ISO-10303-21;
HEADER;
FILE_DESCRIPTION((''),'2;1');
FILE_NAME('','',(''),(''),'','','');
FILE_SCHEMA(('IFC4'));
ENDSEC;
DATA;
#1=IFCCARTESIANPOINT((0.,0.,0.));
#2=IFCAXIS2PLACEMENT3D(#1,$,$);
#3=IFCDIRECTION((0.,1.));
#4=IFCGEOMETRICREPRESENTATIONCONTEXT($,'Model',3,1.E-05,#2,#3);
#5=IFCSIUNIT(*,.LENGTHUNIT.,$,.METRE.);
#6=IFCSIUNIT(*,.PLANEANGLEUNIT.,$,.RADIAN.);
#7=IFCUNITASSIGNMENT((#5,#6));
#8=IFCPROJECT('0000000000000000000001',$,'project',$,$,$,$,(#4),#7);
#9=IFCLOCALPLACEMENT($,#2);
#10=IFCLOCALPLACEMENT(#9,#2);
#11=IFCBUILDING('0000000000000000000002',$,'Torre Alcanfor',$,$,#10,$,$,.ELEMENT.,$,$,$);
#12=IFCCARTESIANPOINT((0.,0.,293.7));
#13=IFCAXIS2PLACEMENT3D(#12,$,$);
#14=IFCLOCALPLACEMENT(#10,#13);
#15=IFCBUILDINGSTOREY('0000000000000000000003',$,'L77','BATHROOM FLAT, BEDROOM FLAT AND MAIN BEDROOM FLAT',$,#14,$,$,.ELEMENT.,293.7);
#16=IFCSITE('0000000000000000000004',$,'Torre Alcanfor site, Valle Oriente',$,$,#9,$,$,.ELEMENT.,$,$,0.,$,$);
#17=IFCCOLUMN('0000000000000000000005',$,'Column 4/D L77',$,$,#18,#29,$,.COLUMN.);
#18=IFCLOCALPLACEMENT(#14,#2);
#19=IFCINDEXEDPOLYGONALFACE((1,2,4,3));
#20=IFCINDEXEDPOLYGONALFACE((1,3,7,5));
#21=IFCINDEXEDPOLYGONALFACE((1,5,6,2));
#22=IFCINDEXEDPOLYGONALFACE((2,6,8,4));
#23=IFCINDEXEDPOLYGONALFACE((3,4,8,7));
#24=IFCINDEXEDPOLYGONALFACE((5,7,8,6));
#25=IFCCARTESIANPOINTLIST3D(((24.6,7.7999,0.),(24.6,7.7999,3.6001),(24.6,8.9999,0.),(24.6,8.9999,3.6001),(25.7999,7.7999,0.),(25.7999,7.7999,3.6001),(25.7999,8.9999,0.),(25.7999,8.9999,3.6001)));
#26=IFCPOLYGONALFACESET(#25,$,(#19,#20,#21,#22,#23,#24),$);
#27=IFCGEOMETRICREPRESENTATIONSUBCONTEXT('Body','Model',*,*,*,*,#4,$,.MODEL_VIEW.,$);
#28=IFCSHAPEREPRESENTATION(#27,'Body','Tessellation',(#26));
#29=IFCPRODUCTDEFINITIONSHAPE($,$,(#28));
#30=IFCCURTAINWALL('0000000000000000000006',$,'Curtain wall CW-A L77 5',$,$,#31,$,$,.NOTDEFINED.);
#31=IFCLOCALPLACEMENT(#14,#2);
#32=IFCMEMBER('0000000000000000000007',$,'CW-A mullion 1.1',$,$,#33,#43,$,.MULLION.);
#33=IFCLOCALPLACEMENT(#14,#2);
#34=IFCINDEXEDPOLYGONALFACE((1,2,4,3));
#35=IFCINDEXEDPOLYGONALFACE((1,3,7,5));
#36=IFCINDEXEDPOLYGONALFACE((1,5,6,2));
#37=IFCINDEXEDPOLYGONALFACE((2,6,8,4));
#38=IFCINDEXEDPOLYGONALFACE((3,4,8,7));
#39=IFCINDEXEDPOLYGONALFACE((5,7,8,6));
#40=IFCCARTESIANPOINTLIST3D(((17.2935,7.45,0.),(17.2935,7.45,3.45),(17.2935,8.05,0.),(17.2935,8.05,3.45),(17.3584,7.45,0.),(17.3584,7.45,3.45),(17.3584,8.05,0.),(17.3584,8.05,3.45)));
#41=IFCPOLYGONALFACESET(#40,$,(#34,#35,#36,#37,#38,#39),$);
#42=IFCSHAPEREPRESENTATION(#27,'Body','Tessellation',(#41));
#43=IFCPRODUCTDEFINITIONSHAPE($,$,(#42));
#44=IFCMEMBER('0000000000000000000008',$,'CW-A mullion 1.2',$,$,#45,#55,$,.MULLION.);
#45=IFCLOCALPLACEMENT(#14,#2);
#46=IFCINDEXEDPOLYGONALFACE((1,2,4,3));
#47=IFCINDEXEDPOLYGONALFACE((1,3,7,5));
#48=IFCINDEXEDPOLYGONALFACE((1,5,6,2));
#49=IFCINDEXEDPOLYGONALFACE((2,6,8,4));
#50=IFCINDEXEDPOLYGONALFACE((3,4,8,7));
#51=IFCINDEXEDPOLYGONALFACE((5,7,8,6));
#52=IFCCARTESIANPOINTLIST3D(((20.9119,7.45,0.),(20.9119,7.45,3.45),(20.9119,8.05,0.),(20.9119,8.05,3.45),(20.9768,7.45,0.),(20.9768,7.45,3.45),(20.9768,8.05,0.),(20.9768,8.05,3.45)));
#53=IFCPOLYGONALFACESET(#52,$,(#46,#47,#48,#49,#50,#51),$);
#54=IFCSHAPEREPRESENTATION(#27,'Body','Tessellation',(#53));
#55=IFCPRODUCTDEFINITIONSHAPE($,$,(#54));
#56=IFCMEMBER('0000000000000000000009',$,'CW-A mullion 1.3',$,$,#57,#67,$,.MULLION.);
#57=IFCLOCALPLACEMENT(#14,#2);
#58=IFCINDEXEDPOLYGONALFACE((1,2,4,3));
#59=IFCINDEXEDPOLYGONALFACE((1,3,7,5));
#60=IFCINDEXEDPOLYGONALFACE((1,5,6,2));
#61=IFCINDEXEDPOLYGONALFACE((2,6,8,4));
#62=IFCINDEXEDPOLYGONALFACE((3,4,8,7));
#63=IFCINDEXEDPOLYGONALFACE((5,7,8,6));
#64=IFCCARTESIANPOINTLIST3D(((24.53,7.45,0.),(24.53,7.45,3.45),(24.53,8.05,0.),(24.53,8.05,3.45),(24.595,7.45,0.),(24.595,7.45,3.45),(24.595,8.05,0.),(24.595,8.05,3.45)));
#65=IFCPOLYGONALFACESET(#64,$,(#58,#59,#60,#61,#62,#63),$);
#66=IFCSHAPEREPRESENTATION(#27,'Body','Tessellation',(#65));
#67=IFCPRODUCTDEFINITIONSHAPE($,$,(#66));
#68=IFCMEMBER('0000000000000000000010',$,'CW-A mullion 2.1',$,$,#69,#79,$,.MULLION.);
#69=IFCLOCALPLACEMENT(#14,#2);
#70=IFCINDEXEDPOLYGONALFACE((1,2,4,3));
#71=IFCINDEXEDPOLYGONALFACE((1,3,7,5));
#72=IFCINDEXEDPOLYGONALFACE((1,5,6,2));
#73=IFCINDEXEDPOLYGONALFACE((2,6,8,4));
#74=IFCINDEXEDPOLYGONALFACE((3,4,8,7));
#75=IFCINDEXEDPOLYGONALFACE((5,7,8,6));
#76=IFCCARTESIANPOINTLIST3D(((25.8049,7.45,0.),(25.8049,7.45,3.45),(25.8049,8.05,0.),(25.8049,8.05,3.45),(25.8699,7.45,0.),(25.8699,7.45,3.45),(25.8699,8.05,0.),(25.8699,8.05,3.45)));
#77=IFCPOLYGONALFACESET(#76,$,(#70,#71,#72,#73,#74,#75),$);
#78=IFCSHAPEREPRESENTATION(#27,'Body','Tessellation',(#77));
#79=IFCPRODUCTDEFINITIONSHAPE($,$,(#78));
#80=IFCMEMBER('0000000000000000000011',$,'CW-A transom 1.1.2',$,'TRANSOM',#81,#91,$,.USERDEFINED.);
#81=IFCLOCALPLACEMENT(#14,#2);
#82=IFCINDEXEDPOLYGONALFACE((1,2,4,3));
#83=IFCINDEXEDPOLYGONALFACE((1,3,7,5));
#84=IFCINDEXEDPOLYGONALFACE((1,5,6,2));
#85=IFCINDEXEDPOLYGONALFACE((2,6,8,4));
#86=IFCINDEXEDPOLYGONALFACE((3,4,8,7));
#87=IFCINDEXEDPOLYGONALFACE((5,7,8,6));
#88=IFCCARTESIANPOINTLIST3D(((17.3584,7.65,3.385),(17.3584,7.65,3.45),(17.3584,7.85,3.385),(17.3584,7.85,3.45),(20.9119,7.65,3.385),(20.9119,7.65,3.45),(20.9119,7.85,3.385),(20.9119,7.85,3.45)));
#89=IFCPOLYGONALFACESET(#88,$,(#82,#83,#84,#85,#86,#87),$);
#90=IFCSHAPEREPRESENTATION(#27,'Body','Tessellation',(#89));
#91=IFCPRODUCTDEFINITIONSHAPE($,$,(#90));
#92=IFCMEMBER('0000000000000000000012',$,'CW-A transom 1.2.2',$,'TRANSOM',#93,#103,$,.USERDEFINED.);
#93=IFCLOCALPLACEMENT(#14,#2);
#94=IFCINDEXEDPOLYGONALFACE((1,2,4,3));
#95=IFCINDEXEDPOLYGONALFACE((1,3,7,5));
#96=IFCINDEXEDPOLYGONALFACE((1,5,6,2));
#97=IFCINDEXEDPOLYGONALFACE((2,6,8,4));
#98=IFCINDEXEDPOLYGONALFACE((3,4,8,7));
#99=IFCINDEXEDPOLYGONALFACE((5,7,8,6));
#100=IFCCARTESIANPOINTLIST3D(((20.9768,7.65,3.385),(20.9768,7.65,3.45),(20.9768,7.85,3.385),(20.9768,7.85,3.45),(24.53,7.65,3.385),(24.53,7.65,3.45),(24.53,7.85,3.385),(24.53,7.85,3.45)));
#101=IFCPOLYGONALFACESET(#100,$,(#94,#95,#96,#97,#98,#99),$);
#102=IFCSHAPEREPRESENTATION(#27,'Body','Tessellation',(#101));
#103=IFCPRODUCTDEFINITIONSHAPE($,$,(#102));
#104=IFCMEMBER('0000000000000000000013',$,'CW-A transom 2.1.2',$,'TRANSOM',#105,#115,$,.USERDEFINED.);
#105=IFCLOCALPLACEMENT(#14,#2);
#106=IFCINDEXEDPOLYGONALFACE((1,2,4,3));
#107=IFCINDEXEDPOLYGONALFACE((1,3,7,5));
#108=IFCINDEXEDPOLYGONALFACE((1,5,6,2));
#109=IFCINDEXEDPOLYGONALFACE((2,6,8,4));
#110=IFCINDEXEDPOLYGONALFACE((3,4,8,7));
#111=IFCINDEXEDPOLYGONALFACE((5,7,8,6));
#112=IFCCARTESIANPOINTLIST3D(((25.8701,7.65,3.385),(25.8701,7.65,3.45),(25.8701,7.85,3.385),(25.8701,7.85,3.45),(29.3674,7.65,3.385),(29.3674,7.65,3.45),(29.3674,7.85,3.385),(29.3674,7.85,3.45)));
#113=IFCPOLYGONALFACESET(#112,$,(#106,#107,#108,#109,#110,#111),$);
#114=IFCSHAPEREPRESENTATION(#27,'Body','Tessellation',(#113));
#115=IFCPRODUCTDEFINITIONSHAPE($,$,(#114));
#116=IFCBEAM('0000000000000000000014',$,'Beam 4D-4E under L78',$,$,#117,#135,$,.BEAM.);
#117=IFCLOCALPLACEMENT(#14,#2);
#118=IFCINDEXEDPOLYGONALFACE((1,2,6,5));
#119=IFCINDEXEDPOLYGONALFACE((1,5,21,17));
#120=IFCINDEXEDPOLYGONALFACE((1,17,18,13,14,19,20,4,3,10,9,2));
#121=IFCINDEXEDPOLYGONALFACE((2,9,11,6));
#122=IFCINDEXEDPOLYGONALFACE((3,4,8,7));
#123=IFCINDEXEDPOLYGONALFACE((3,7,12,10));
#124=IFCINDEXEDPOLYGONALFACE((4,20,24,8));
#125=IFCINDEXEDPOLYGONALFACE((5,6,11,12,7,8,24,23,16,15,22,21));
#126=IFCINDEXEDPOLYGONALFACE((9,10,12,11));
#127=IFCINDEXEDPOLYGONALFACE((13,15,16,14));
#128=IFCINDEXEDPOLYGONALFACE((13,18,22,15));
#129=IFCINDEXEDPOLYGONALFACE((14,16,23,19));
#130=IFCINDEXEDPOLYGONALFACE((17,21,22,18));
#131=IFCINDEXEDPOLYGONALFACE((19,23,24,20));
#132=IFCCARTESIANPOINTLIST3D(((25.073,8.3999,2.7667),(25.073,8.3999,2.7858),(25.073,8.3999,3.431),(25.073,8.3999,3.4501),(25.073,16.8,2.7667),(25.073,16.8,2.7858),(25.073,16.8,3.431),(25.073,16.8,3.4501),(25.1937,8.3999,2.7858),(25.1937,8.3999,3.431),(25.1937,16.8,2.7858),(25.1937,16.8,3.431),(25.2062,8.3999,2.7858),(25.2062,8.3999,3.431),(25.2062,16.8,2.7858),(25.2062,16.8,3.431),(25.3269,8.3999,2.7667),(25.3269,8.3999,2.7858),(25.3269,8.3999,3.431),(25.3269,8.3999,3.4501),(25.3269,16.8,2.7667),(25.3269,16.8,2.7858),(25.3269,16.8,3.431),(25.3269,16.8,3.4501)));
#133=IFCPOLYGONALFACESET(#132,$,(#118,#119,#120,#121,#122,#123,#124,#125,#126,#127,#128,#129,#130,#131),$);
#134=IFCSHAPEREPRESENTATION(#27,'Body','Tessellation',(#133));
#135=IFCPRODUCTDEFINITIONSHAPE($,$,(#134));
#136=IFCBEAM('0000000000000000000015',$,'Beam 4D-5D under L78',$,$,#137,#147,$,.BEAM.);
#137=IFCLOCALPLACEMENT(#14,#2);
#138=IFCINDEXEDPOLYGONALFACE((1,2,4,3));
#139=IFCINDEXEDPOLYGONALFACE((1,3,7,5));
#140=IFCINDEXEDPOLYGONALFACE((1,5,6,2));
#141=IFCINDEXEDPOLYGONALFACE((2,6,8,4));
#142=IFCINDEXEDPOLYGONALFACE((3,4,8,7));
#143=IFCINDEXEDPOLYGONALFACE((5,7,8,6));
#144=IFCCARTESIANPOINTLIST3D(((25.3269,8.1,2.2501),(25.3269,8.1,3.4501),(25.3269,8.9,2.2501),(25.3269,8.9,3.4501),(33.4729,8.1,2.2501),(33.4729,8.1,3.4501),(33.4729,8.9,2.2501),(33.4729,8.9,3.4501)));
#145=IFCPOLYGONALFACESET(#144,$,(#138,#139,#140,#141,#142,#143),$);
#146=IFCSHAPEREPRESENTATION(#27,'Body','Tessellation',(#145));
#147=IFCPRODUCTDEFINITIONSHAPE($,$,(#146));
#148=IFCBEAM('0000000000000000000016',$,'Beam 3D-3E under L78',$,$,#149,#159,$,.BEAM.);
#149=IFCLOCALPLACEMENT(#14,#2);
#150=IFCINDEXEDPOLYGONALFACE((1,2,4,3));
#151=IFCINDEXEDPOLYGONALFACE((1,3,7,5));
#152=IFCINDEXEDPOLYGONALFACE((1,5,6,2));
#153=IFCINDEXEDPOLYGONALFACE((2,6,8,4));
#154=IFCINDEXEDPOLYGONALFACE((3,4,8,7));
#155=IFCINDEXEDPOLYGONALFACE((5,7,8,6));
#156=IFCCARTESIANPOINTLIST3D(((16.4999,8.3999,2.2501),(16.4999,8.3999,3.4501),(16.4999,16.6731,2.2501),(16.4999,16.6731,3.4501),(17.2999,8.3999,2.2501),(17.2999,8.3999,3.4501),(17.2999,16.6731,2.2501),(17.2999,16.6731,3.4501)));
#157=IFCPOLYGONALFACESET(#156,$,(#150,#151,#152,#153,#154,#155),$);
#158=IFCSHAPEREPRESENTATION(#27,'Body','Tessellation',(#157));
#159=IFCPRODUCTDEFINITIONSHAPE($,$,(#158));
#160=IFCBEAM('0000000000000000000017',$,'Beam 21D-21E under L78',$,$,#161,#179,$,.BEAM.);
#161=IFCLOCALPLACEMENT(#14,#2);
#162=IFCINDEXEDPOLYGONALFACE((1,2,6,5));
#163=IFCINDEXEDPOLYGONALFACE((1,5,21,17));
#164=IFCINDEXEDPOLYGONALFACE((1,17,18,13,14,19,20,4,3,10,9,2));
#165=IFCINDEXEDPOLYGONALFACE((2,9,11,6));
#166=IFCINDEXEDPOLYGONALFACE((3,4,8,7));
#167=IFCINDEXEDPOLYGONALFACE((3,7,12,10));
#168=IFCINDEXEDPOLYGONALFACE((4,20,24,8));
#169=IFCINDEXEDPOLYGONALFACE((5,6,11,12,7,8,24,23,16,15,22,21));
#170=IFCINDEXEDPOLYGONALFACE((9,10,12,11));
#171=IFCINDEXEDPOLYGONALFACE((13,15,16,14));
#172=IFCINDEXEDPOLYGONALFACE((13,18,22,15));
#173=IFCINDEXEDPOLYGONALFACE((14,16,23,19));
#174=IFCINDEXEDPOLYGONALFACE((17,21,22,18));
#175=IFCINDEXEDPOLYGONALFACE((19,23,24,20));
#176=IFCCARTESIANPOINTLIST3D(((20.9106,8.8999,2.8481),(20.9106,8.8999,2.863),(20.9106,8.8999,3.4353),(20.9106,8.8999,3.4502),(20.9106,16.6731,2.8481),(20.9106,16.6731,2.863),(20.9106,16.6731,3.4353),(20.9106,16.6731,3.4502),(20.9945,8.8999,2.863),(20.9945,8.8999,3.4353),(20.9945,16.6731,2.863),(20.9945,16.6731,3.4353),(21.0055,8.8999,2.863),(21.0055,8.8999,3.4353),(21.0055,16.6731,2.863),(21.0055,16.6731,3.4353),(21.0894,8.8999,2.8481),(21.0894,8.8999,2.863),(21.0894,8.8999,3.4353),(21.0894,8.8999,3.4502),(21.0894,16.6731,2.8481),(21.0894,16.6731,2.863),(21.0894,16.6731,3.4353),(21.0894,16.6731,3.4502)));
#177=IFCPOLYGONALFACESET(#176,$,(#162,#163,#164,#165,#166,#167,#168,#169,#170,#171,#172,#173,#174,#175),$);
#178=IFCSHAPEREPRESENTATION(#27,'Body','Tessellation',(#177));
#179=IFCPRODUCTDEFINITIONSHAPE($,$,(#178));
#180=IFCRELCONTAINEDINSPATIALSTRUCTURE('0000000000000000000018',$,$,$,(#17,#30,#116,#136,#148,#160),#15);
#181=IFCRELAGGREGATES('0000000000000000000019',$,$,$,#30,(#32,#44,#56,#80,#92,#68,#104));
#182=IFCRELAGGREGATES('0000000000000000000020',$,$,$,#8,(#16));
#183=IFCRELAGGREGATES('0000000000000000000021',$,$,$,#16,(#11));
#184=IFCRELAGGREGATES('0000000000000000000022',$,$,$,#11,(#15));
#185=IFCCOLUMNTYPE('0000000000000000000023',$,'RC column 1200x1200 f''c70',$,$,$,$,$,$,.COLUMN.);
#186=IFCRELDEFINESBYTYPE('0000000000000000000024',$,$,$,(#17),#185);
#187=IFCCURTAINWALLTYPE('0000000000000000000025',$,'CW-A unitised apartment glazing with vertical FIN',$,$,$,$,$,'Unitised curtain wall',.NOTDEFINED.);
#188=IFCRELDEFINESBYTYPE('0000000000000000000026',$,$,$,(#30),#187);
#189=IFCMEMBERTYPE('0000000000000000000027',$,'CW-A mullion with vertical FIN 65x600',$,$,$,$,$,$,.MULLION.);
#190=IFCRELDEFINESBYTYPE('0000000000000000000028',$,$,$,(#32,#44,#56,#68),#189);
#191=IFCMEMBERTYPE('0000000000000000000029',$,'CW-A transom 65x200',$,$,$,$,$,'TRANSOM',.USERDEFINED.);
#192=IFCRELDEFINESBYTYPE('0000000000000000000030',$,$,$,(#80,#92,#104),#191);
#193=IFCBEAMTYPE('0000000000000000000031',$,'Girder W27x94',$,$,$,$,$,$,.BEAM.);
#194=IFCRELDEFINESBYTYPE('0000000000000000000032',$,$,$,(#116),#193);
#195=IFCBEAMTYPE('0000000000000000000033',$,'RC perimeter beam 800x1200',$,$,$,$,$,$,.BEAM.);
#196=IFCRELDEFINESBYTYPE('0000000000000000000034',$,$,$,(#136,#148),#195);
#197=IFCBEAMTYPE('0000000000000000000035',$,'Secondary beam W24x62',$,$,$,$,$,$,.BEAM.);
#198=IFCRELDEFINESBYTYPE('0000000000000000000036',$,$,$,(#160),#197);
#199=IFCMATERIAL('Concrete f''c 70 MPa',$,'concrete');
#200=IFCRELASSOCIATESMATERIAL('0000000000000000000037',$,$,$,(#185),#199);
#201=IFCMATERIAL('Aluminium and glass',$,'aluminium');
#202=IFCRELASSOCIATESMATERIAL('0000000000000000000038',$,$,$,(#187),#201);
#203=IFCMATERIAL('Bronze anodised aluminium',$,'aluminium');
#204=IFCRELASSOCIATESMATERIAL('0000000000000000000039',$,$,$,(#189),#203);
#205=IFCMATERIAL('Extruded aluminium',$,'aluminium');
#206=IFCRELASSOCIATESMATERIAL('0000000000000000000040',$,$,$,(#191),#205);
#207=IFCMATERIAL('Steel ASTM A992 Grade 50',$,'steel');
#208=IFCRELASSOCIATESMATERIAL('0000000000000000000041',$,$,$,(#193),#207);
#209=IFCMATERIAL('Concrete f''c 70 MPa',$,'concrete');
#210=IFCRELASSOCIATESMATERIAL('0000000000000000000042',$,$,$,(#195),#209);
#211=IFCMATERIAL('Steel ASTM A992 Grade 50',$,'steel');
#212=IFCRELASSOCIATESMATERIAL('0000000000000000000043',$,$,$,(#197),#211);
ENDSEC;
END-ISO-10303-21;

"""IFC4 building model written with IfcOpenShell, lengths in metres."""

from ifc_helpers import new_model, si_unit, direction, frame, origin, origin_2d, place, context, subcontext, project, spatial, rectangle, i_section, extrude, material, material_profile, profile_set, type_object, element, aggregate, save


model = new_model("IFC4")

# Units and contexts
model_context = context("Model", 3, precision=1e-05, world=origin(), true_north=direction((0.0, 1.0)))
body_context = subcontext(model_context, "Body", "Model", "MODEL_VIEW")
ifc_project = project(units=[si_unit("LENGTHUNIT", "METRE"), si_unit("PLANEANGLEUNIT", "RADIAN")], contexts=[model_context])

# Site, building, storey
site_placement = place(None, origin())
site = spatial("IfcSite", under=ifc_project, at=site_placement, Name="Torre Alcanfor site, Valle Oriente", CompositionType="ELEMENT", RefElevation=0.0)
building_placement = place(site_placement, origin())
building = spatial("IfcBuilding", under=site, at=building_placement, Name="Torre Alcanfor", CompositionType="ELEMENT")
storey_placement = place(building_placement, frame((0.0, 0.0, 293.7)))
storey = spatial("IfcBuildingStorey", under=building, at=storey_placement, Name="L77", Description="BATHROOM FLAT, BEDROOM FLAT AND MAIN BEDROOM FLAT", CompositionType="ELEMENT", Elevation=293.7)

# Column
ifc_material_1 = material(Name="Concrete f'c 70 MPa", Category="concrete")
ifc_material_profile_1 = material_profile(ifc_material_1, rectangle(XDim=1.2, YDim=1.2, at=origin_2d()), Name="1200x1200")
ifc_profile_set_1 = profile_set([ifc_material_profile_1], Name="Concrete f'c 70 MPa")
column_type = type_object("IfcColumnType", Name="RC column 1200x1200 f'c70", PredefinedType="COLUMN", material=ifc_profile_set_1)
column_placement = place(storey_placement, frame((25.2, 8.3999, 0.0), z_axis=(0.0, 0.0, 1.0), x_axis=(1.0, 0.0, 0.0)))
element("IfcColumn", 1, at=column_placement, inside=storey, type_object=column_type, Name="Column 4/D L77", PredefinedType="COLUMN", context=body_context, shape_type="SweptSolid", body=[
    extrude(rectangle(XDim=1.2, YDim=1.2, at=origin_2d()), origin(), (0.0, 0.0, 1.0), 3.6001),
])

# Curtain wall, members
ifc_material_2 = material(Name="Aluminium and glass", Category="aluminium")
curtain_wall_type = type_object("IfcCurtainWallType", Name="CW-A unitised apartment glazing with vertical FIN", ElementType="Unitised curtain wall", PredefinedType="NOTDEFINED", material=ifc_material_2)
curtain_wall_placement = place(storey_placement, origin())
curtain_wall = element("IfcCurtainWall", 2, at=curtain_wall_placement, inside=storey, type_object=curtain_wall_type, Name="Curtain wall CW-A L77 5", PredefinedType="NOTDEFINED")
ifc_material_3 = material(Name="Bronze anodised aluminium", Category="aluminium")
ifc_material_profile_2 = material_profile(ifc_material_3, rectangle(XDim=0.6001, YDim=0.0649, at=origin_2d()), Name="CW-A mullion 65x600")
ifc_profile_set_2 = profile_set([ifc_material_profile_2], Name="Bronze anodised aluminium")
member_type_1 = type_object("IfcMemberType", Name="CW-A mullion with vertical FIN 65x600", PredefinedType="MULLION", material=ifc_profile_set_2)
member_1_placement = place(storey_placement, frame((17.3259, 7.75, 0.0), z_axis=(0.0, 0.0, 1.0), x_axis=(0.0, 1.0, 0.0)))
member_1 = element("IfcMember", 3, at=member_1_placement, type_object=member_type_1, Name="CW-A mullion 1.1", PredefinedType="MULLION", context=body_context, shape_type="SweptSolid", body=[
    extrude(rectangle(XDim=0.6001, YDim=0.0649, at=origin_2d()), origin(), (0.0, 0.0, 1.0), 3.45),
])
member_2_placement = place(storey_placement, frame((20.9443, 7.75, 0.0), z_axis=(0.0, 0.0, 1.0), x_axis=(0.0, 1.0, 0.0)))
member_2 = element("IfcMember", 4, at=member_2_placement, type_object=member_type_1, Name="CW-A mullion 1.2", PredefinedType="MULLION", context=body_context, shape_type="SweptSolid", body=[
    extrude(rectangle(XDim=0.6001, YDim=0.0649, at=origin_2d()), origin(), (0.0, 0.0, 1.0), 3.45),
])
member_3_placement = place(storey_placement, frame((24.5625, 7.75, 0.0), z_axis=(0.0, 0.0, 1.0), x_axis=(0.0, 1.0, 0.0)))
member_3 = element("IfcMember", 5, at=member_3_placement, type_object=member_type_1, Name="CW-A mullion 1.3", PredefinedType="MULLION", context=body_context, shape_type="SweptSolid", body=[
    extrude(rectangle(XDim=0.6001, YDim=0.0649, at=origin_2d()), origin(), (0.0, 0.0, 1.0), 3.45),
])
member_4_placement = place(storey_placement, frame((25.8374, 7.75, 0.0), z_axis=(0.0, 0.0, 1.0), x_axis=(0.0, 1.0, 0.0)))
member_4 = element("IfcMember", 6, at=member_4_placement, type_object=member_type_1, Name="CW-A mullion 2.1", PredefinedType="MULLION", context=body_context, shape_type="SweptSolid", body=[
    extrude(rectangle(XDim=0.6001, YDim=0.0649, at=origin_2d()), origin(), (0.0, 0.0, 1.0), 3.45),
])
ifc_material_4 = material(Name="Extruded aluminium", Category="aluminium")
ifc_material_profile_3 = material_profile(ifc_material_4, rectangle(XDim=0.2, YDim=0.0649, at=origin_2d()), Name="CW-A transom 200x65")
ifc_profile_set_3 = profile_set([ifc_material_profile_3], Name="Extruded aluminium")
member_type_2 = type_object("IfcMemberType", Name="CW-A transom 65x200", ElementType="TRANSOM", PredefinedType="USERDEFINED", material=ifc_profile_set_3)
member_5_placement = place(storey_placement, frame((17.3584, 7.75, 3.4175), z_axis=(1.0, 0.0, 0.0), x_axis=(0.0, 1.0, 0.0)))
member_5 = element("IfcMember", 7, at=member_5_placement, type_object=member_type_2, Name="CW-A transom 1.1.2", ObjectType="TRANSOM", PredefinedType="USERDEFINED", context=body_context, shape_type="SweptSolid", body=[
    extrude(rectangle(XDim=0.2, YDim=0.0649, at=origin_2d()), origin(), (0.0, 0.0, 1.0), 3.5535),
])
member_6_placement = place(storey_placement, frame((20.9768, 7.75, 3.4175), z_axis=(1.0, 0.0, 0.0), x_axis=(0.0, 1.0, 0.0)))
member_6 = element("IfcMember", 8, at=member_6_placement, type_object=member_type_2, Name="CW-A transom 1.2.2", ObjectType="TRANSOM", PredefinedType="USERDEFINED", context=body_context, shape_type="SweptSolid", body=[
    extrude(rectangle(XDim=0.2, YDim=0.0649, at=origin_2d()), origin(), (0.0, 0.0, 1.0), 3.5532),
])
member_7_placement = place(storey_placement, frame((25.8701, 7.75, 3.4175), z_axis=(1.0, 0.0, 0.0), x_axis=(0.0, 1.0, 0.0)))
member_7 = element("IfcMember", 9, at=member_7_placement, type_object=member_type_2, Name="CW-A transom 2.1.2", ObjectType="TRANSOM", PredefinedType="USERDEFINED", context=body_context, shape_type="SweptSolid", body=[
    extrude(rectangle(XDim=0.2, YDim=0.0649, at=origin_2d()), origin(), (0.0, 0.0, 1.0), 3.4973),
])

# Beams
ifc_material_5 = material(Name="Steel ASTM A992 Grade 50", Category="steel")
ifc_material_profile_4 = material_profile(ifc_material_5, i_section(OverallWidth=0.2539, OverallDepth=0.6833, WebThickness=0.0125, FlangeThickness=0.019, at=origin_2d()), Name="W27x94")
ifc_profile_set_4 = profile_set([ifc_material_profile_4], Name="Steel ASTM A992 Grade 50")
beam_type_1 = type_object("IfcBeamType", Name="Girder W27x94", PredefinedType="BEAM", material=ifc_profile_set_4)
beam_1_placement = place(storey_placement, frame((25.2, 8.3999, 3.1084), z_axis=(0.0, 1.0, 0.0), x_axis=(-1.0, 0.0, 0.0)))
element("IfcBeam", 10, at=beam_1_placement, inside=storey, type_object=beam_type_1, Name="Beam 4D-4E under L78", PredefinedType="BEAM", context=body_context, shape_type="SweptSolid", body=[
    extrude(i_section(OverallWidth=0.2539, OverallDepth=0.6833, WebThickness=0.0125, FlangeThickness=0.019, at=origin_2d()), origin(), (0.0, 0.0, 1.0), 8.4001),
])
ifc_material_6 = material(Name="Concrete f'c 70 MPa", Category="concrete")
ifc_material_profile_5 = material_profile(ifc_material_6, rectangle(XDim=0.8, YDim=1.2, at=origin_2d()), Name="800x1200")
ifc_profile_set_5 = profile_set([ifc_material_profile_5], Name="Concrete f'c 70 MPa")
beam_type_2 = type_object("IfcBeamType", Name="RC perimeter beam 800x1200", PredefinedType="BEAM", material=ifc_profile_set_5)
beam_2_placement = place(storey_placement, frame((25.3269, 8.5, 2.8501), z_axis=(1.0, 0.0, 0.0), x_axis=(0.0, 1.0, 0.0)))
element("IfcBeam", 11, at=beam_2_placement, inside=storey, type_object=beam_type_2, Name="Beam 4D-5D under L78", PredefinedType="BEAM", context=body_context, shape_type="SweptSolid", body=[
    extrude(rectangle(XDim=0.8, YDim=1.2, at=origin_2d()), origin(), (0.0, 0.0, 1.0), 8.146),
])
beam_3_placement = place(storey_placement, frame((16.8999, 8.3999, 2.8501), z_axis=(0.0, 1.0, 0.0), x_axis=(-1.0, 0.0, 0.0)))
element("IfcBeam", 12, at=beam_3_placement, inside=storey, type_object=beam_type_2, Name="Beam 3D-3E under L78", PredefinedType="BEAM", context=body_context, shape_type="SweptSolid", body=[
    extrude(rectangle(XDim=0.8, YDim=1.2, at=origin_2d()), origin(), (0.0, 0.0, 1.0), 8.2732),
])
ifc_material_7 = material(Name="Steel ASTM A992 Grade 50", Category="steel")
ifc_material_profile_6 = material_profile(ifc_material_7, i_section(OverallWidth=0.1787, OverallDepth=0.6021, WebThickness=0.011, FlangeThickness=0.0149, at=origin_2d()), Name="W24x62")
ifc_profile_set_6 = profile_set([ifc_material_profile_6], Name="Steel ASTM A992 Grade 50")
beam_type_3 = type_object("IfcBeamType", Name="Secondary beam W24x62", PredefinedType="BEAM", material=ifc_profile_set_6)
for number, where, z_axis, x_axis, name in (
    (13, (21.0, 8.8999, 3.1492), (0.0, 1.0, 0.0), (-1.0, 0.0, 0.0), "Beam 21D-21E under L78"),
):
    element("IfcBeam", number, at=place(storey_placement, frame(where, z_axis=z_axis, x_axis=x_axis)), inside=storey, type_object=beam_type_3, Name=name, PredefinedType="BEAM", context=body_context, shape_type="SweptSolid", body=[
        extrude(i_section(OverallWidth=0.1787, OverallDepth=0.6021, WebThickness=0.011, FlangeThickness=0.0149, at=origin_2d()), origin(), (0.0, 0.0, 1.0), 7.7732),
    ])

aggregate(curtain_wall, [member_1, member_2, member_3, member_5, member_6, member_4, member_7])

save(model, "model.ifc")
